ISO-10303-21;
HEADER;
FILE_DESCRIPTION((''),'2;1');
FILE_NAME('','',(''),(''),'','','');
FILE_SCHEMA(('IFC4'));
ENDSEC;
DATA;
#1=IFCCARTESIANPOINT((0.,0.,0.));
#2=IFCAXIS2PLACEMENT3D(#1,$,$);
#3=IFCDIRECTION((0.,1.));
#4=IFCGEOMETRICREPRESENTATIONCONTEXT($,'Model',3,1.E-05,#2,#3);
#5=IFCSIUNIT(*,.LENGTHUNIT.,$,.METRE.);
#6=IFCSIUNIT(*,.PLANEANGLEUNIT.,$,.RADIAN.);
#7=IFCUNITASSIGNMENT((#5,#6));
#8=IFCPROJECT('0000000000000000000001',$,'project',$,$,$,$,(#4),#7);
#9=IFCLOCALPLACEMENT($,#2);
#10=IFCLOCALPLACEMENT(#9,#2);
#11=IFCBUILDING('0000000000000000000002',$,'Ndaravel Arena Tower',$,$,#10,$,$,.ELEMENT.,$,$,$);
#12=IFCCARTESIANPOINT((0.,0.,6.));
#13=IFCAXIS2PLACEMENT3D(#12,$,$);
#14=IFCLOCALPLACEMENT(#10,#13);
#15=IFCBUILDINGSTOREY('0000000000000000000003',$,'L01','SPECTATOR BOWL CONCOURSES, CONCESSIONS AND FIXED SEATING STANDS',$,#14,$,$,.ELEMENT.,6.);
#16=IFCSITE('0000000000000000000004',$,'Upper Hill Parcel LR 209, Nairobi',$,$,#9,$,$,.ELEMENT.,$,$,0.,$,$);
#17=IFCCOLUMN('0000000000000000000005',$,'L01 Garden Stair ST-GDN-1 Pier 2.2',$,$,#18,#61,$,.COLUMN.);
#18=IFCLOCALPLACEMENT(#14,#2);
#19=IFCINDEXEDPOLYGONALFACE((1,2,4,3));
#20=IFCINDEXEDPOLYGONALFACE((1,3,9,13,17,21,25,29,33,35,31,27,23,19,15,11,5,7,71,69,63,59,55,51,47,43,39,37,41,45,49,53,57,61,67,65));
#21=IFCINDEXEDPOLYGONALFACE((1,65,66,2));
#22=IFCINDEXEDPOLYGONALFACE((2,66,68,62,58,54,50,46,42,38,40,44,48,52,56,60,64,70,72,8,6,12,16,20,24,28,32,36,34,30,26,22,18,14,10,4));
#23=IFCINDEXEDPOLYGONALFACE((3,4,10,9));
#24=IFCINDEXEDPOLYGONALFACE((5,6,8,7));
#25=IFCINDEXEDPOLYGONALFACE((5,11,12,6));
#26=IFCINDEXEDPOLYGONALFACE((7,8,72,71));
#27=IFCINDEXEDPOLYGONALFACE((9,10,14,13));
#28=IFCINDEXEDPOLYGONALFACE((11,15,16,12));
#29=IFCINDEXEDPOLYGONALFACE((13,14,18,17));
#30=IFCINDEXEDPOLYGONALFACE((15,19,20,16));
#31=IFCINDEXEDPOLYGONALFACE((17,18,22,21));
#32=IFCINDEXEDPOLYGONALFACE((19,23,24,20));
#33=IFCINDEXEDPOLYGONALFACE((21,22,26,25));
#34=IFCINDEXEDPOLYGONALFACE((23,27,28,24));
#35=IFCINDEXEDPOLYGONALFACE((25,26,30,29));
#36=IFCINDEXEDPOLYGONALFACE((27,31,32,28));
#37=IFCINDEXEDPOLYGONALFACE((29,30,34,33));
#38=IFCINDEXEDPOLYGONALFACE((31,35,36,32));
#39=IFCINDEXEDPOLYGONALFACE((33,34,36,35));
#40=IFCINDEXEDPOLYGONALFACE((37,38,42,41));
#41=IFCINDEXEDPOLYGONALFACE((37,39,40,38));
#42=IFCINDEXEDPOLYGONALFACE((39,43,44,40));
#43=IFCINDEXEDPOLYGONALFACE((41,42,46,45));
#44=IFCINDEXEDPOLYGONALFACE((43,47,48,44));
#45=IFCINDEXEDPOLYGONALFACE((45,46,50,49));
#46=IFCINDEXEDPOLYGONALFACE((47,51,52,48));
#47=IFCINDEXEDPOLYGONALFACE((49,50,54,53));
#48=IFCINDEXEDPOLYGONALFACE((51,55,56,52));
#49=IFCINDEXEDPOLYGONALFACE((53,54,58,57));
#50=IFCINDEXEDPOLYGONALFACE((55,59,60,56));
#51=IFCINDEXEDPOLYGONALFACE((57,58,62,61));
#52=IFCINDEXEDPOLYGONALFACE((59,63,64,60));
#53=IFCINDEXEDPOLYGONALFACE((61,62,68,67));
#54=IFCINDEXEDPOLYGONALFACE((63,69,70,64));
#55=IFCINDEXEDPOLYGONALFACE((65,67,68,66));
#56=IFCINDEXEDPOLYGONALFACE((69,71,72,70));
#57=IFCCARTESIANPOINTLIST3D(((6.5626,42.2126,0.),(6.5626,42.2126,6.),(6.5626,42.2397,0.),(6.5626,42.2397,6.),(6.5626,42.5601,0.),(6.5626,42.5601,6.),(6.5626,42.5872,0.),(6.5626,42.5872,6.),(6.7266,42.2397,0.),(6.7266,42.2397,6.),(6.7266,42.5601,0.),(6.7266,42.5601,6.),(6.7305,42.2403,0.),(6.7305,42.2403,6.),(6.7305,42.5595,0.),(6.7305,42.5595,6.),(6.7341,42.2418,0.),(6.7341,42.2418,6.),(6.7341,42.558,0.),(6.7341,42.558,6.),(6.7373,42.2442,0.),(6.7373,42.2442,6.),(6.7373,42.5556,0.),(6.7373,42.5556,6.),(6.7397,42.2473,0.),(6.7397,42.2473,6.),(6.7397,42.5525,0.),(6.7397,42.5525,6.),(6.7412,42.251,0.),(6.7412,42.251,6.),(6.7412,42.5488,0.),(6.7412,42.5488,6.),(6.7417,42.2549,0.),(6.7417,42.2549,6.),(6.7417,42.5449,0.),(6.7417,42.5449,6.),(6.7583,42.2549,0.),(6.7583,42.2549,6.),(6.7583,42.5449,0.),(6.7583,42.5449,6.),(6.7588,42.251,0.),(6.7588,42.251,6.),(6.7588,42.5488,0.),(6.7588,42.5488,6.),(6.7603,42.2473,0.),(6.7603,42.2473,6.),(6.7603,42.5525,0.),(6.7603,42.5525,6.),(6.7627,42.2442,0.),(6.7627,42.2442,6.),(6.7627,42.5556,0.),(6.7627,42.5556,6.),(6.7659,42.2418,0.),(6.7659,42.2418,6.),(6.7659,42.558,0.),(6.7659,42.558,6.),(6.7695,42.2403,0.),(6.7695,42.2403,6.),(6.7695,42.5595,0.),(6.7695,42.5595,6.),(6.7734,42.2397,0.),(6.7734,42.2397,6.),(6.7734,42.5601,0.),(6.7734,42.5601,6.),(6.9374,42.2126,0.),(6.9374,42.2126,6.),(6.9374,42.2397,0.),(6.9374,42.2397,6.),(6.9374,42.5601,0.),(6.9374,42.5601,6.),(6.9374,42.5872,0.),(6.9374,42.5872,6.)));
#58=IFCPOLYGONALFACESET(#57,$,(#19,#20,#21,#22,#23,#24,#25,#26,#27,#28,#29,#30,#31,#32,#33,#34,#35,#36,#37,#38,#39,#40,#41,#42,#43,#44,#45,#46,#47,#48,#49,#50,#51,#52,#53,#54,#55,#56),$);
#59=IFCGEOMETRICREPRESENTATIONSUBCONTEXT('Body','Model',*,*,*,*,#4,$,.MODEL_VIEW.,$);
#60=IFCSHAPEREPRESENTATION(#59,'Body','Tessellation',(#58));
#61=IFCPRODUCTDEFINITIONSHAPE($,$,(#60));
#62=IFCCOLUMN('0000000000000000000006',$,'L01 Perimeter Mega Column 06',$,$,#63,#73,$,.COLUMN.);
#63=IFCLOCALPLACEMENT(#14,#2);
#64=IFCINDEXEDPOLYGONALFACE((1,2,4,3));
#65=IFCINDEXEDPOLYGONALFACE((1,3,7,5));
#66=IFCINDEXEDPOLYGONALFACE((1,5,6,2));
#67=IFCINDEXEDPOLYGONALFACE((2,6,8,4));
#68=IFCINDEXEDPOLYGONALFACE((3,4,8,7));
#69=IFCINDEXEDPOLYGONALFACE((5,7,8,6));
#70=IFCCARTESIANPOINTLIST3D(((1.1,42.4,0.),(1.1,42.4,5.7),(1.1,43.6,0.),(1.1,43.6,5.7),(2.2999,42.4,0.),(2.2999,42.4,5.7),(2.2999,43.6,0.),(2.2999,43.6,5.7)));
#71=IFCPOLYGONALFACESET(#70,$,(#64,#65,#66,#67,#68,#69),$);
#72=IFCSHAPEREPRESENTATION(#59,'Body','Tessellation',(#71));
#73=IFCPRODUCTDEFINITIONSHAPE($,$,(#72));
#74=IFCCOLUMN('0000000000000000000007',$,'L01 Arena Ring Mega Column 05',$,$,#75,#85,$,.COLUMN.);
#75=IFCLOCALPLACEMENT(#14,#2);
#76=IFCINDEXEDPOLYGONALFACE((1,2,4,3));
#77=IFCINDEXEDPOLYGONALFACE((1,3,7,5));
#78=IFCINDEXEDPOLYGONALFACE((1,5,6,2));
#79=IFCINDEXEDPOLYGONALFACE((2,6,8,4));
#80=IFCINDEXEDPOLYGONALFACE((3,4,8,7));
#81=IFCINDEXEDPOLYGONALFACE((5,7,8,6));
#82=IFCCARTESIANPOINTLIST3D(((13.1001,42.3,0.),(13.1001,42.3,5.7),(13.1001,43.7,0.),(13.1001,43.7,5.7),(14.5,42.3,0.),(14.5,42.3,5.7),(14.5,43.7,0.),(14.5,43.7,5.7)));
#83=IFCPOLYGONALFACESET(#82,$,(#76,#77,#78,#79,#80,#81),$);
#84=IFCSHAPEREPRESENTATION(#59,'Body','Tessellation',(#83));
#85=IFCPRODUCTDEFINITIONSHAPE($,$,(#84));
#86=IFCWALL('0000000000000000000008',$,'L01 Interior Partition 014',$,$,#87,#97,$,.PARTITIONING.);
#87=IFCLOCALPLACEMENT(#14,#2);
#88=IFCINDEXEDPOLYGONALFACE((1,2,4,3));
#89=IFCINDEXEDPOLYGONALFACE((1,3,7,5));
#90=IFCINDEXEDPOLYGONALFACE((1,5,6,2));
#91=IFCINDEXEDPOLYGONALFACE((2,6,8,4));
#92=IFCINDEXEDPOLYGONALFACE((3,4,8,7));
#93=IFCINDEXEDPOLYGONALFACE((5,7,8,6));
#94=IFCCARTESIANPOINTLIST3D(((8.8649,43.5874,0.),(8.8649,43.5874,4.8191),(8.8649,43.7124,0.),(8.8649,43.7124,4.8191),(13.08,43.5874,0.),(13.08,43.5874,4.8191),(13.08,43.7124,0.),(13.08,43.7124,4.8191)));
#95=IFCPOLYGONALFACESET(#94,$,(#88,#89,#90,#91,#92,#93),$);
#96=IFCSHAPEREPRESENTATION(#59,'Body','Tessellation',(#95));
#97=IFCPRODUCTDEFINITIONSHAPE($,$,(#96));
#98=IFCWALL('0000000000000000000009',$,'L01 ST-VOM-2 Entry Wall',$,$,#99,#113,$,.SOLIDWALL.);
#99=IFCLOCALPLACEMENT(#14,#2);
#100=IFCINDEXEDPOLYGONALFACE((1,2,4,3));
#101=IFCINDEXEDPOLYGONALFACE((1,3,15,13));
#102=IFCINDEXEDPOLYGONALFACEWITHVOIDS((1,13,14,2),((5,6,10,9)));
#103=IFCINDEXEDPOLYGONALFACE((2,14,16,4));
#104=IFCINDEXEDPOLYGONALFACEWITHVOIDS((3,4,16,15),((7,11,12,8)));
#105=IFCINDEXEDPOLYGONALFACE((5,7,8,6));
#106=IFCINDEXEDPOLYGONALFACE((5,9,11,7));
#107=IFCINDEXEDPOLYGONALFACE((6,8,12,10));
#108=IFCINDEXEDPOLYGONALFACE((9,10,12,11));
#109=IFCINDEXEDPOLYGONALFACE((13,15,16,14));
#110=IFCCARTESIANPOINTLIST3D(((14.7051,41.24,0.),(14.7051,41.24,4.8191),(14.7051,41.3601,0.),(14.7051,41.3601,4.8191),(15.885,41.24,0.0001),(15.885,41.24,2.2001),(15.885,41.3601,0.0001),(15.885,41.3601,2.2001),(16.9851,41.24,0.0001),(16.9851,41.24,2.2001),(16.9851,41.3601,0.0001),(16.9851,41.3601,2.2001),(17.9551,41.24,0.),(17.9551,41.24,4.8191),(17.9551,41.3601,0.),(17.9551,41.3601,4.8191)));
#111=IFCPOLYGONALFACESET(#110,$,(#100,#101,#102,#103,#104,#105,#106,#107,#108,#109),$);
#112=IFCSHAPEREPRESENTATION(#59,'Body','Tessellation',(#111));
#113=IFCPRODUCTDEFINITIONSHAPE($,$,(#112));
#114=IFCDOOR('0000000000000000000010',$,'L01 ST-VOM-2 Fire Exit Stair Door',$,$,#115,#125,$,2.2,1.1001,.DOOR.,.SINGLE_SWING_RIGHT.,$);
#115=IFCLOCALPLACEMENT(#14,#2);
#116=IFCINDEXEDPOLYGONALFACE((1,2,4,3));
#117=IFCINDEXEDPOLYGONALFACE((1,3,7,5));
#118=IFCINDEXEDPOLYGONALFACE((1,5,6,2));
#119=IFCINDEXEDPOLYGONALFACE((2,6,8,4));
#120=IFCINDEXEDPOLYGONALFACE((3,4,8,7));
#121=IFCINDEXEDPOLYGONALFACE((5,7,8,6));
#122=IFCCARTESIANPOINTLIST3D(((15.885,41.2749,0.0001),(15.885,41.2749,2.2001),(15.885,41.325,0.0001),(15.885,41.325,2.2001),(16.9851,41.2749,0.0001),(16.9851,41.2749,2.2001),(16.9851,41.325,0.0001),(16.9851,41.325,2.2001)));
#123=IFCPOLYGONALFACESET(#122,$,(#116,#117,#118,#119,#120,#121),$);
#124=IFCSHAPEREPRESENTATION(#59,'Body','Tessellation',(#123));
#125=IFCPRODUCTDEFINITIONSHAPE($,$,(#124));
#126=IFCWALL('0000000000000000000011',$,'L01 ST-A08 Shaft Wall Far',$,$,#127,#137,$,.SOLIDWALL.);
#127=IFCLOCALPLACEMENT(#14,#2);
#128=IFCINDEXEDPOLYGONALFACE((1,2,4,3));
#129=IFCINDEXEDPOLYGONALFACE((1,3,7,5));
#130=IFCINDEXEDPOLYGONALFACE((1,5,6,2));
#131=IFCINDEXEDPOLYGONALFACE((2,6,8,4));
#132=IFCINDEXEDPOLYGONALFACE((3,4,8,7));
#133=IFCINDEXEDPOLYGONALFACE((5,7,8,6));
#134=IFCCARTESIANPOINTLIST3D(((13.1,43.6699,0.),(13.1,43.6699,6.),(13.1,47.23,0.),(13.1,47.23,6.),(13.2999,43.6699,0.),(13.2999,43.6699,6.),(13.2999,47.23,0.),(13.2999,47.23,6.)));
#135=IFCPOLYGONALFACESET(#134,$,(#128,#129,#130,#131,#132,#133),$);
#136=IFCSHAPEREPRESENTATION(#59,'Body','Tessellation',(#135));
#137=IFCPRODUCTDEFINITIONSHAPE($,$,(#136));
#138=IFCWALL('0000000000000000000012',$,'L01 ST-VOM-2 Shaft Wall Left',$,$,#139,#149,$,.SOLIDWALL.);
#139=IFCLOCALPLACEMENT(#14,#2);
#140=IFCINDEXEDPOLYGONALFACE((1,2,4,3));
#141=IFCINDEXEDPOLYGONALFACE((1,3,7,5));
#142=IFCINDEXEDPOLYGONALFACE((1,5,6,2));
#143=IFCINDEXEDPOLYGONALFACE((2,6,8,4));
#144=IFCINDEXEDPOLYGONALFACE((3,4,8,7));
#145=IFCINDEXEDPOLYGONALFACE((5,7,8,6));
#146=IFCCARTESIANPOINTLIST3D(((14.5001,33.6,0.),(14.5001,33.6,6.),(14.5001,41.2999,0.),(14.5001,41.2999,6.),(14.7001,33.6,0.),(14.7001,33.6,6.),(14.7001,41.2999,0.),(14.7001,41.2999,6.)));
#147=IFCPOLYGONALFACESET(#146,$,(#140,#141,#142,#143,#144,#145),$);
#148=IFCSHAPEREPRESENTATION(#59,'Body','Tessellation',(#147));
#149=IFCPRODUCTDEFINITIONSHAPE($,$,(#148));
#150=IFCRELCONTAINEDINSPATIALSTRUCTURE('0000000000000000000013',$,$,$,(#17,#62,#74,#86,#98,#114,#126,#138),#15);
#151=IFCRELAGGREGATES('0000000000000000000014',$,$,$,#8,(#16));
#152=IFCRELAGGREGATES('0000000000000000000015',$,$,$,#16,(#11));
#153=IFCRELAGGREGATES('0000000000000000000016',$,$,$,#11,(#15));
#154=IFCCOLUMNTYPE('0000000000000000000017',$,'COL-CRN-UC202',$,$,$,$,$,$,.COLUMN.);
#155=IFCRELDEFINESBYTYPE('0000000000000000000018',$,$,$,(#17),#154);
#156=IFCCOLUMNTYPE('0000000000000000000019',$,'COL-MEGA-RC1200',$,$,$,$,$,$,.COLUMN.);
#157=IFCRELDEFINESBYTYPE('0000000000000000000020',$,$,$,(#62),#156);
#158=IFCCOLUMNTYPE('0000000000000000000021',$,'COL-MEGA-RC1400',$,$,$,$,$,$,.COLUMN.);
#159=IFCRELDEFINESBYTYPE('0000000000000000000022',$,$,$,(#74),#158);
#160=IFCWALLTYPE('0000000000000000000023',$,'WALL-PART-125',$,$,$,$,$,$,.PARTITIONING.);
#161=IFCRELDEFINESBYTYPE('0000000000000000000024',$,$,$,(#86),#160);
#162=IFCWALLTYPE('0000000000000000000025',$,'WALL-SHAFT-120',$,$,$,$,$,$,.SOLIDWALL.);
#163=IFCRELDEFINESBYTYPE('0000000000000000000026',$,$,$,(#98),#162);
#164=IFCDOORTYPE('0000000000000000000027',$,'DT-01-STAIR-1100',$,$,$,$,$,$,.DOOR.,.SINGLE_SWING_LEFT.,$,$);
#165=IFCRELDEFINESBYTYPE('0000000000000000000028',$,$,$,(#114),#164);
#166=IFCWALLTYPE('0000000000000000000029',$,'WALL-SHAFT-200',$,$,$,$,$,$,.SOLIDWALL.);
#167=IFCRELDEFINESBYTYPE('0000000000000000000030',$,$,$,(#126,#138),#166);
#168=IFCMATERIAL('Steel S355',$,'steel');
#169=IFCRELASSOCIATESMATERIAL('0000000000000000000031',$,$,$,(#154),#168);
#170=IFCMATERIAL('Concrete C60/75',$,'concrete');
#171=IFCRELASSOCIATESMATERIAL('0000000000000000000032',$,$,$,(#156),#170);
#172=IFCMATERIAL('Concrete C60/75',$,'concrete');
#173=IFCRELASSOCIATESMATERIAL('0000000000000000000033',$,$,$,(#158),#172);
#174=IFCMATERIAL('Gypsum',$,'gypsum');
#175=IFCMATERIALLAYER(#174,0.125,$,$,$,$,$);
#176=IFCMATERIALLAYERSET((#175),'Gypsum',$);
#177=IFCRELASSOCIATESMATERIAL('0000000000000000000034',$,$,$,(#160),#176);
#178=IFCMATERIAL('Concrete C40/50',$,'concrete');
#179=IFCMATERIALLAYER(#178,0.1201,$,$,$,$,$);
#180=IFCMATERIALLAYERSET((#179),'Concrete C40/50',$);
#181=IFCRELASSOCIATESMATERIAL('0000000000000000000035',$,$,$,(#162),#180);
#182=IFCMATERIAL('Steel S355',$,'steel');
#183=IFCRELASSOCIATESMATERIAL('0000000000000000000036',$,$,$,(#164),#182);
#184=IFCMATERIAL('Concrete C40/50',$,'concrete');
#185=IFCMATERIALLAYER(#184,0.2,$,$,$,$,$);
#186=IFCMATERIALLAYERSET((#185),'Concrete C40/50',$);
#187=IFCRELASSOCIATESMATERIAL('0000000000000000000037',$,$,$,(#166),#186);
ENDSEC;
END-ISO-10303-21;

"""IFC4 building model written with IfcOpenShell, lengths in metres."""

from ifc_helpers import new_model, si_unit, direction, frame, frame_2d, origin, origin_2d, place, context, subcontext, project, spatial, rectangle, i_section, extrude, material, layer, layer_set, material_profile, profile_set, type_object, element, fill, save


model = new_model("IFC4")

# Units and contexts
model_context = context("Model", 3, precision=1e-05, world=origin(), true_north=direction((0.0, 1.0)))
body_context = subcontext(model_context, "Body", "Model", "MODEL_VIEW")
ifc_project = project(units=[si_unit("LENGTHUNIT", "METRE"), si_unit("PLANEANGLEUNIT", "RADIAN")], contexts=[model_context])

# Site, building, storey
site_placement = place(None, origin())
site = spatial("IfcSite", under=ifc_project, at=site_placement, Name="Upper Hill Parcel LR 209, Nairobi", CompositionType="ELEMENT", RefElevation=0.0)
building_placement = place(site_placement, origin())
building = spatial("IfcBuilding", under=site, at=building_placement, Name="Ndaravel Arena Tower", CompositionType="ELEMENT")
storey_placement = place(building_placement, frame((0.0, 0.0, 6.0)))
storey = spatial("IfcBuildingStorey", under=building, at=storey_placement, Name="L01", Description="SPECTATOR BOWL CONCOURSES, CONCESSIONS AND FIXED SEATING STANDS", CompositionType="ELEMENT", Elevation=6.0)

# Columns
ifc_material_1 = material(Name="Steel S355", Category="steel")
ifc_material_profile_1 = material_profile(ifc_material_1, i_section(OverallWidth=0.3748, OverallDepth=0.3745, WebThickness=0.0166, FlangeThickness=0.0271, FilletRadius=0.0151, at=origin_2d()), Name="UC 356x368x202")
ifc_profile_set_1 = profile_set([ifc_material_profile_1], Name="Steel S355")
column_type_1 = type_object("IfcColumnType", Name="COL-CRN-UC202", PredefinedType="COLUMN", material=ifc_profile_set_1)
column_1_placement = place(storey_placement, frame((6.75, 42.3999, 0.0), z_axis=(0.0, 0.0, 1.0), x_axis=(1.0, 0.0, 0.0)))
element("IfcColumn", 1, at=column_1_placement, inside=storey, type_object=column_type_1, Name="L01 Garden Stair ST-GDN-1 Pier 2.2", PredefinedType="COLUMN", context=body_context, shape_type="SweptSolid", body=[
    extrude(i_section(OverallWidth=0.3748, OverallDepth=0.3745, WebThickness=0.0166, FlangeThickness=0.0271, FilletRadius=0.0151, at=origin_2d()), origin(), (0.0, 0.0, 1.0), 6.0),
])
ifc_material_2 = material(Name="Concrete C60/75", Category="concrete")
ifc_material_profile_2 = material_profile(ifc_material_2, rectangle(XDim=1.2, YDim=1.2, at=origin_2d()), Name="RC 1200x1200")
ifc_profile_set_2 = profile_set([ifc_material_profile_2], Name="Concrete C60/75")
column_type_2 = type_object("IfcColumnType", Name="COL-MEGA-RC1200", PredefinedType="COLUMN", material=ifc_profile_set_2)
column_2_placement = place(storey_placement, frame((1.7, 43.0, 0.0), z_axis=(0.0, 0.0, 1.0), x_axis=(1.0, 0.0, 0.0)))
element("IfcColumn", 2, at=column_2_placement, inside=storey, type_object=column_type_2, Name="L01 Perimeter Mega Column 06", PredefinedType="COLUMN", context=body_context, shape_type="SweptSolid", body=[
    extrude(rectangle(XDim=1.2, YDim=1.2, at=origin_2d()), origin(), (0.0, 0.0, 1.0), 5.7),
])
ifc_material_3 = material(Name="Concrete C60/75", Category="concrete")
ifc_material_profile_3 = material_profile(ifc_material_3, rectangle(XDim=1.3999, YDim=1.3999, at=origin_2d()), Name="RC 1400x1400")
ifc_profile_set_3 = profile_set([ifc_material_profile_3], Name="Concrete C60/75")
column_type_3 = type_object("IfcColumnType", Name="COL-MEGA-RC1400", PredefinedType="COLUMN", material=ifc_profile_set_3)
column_3_placement = place(storey_placement, frame((13.8, 43.0, 0.0), z_axis=(0.0, 0.0, 1.0), x_axis=(1.0, 0.0, 0.0)))
element("IfcColumn", 3, at=column_3_placement, inside=storey, type_object=column_type_3, Name="L01 Arena Ring Mega Column 05", PredefinedType="COLUMN", context=body_context, shape_type="SweptSolid", body=[
    extrude(rectangle(XDim=1.3999, YDim=1.3999, at=origin_2d()), origin(), (0.0, 0.0, 1.0), 5.7),
])

# Wall
ifc_material_4 = material(Name="Gypsum", Category="gypsum")
ifc_layer_1 = layer(ifc_material_4, 0.125)
ifc_layer_set_1 = layer_set([ifc_layer_1], Name="Gypsum")
wall_type_1 = type_object("IfcWallType", Name="WALL-PART-125", PredefinedType="PARTITIONING", material=ifc_layer_set_1)
wall_1_placement = place(storey_placement, frame((8.865, 43.6499, 0.0), z_axis=(0.0, 0.0, 1.0), x_axis=(1.0, 0.0, 0.0)))
element("IfcWall", 4, at=wall_1_placement, inside=storey, type_object=wall_type_1, Name="L01 Interior Partition 014", PredefinedType="PARTITIONING", context=body_context, shape_type="SweptSolid", body=[
    extrude(rectangle(XDim=4.2151, YDim=0.125, at=frame_2d((2.1074, 0.0))), origin(), (0.0, 0.0, 1.0), 4.8191),
])

# Wall, opening, door
ifc_material_5 = material(Name="Concrete C40/50", Category="concrete")
ifc_layer_2 = layer(ifc_material_5, 0.1201)
ifc_layer_set_2 = layer_set([ifc_layer_2], Name="Concrete C40/50")
wall_type_2 = type_object("IfcWallType", Name="WALL-SHAFT-120", PredefinedType="SOLIDWALL", material=ifc_layer_set_2)
wall_2_placement = place(storey_placement, frame((14.7051, 41.3, 0.0), z_axis=(0.0, 0.0, 1.0), x_axis=(1.0, 0.0, 0.0)))
wall_2 = element("IfcWall", 5, at=wall_2_placement, inside=storey, type_object=wall_type_2, Name="L01 ST-VOM-2 Entry Wall", PredefinedType="SOLIDWALL", context=body_context, shape_type="SweptSolid", body=[
    extrude(rectangle(XDim=3.25, YDim=0.1201, at=frame_2d((1.625, 0.0))), origin(), (0.0, 0.0, 1.0), 4.8191),
])
opening_1_placement = place(wall_2_placement, frame((1.1799, 0.0, 0.0)))
opening_1 = element("IfcOpeningElement", 6, at=opening_1_placement, cuts=wall_2, PredefinedType="OPENING", context=body_context, shape_type="SweptSolid", body=[
    extrude(rectangle(XDim=1.1001, YDim=2.2, at=frame_2d((0.55, 1.1001))), frame((0.0, 0.0601, 0.0), z_axis=(0.0, -1.0, 0.0), x_axis=(1.0, 0.0, 0.0)), (0.0, 0.0, 1.0), 0.1201),
])
ifc_material_6 = material(Name="Steel S355", Category="steel")
door_type = type_object("IfcDoorType", Name="DT-01-STAIR-1100", OperationType="SINGLE_SWING_LEFT", PredefinedType="DOOR", material=ifc_material_6)
door_placement = place(opening_1_placement, origin())
door = element("IfcDoor", 7, at=door_placement, inside=storey, type_object=door_type, Name="L01 ST-VOM-2 Fire Exit Stair Door", OperationType="SINGLE_SWING_RIGHT", OverallHeight=2.2, OverallWidth=1.1001, PredefinedType="DOOR", context=body_context, shape_type="SweptSolid", body=[
    extrude(rectangle(XDim=1.1001, YDim=2.2, at=frame_2d((0.55, 1.1001))), frame((0.0, 0.0249, 0.0), z_axis=(0.0, -1.0, 0.0), x_axis=(1.0, 0.0, 0.0)), (0.0, 0.0, 1.0), 0.05),
])
fill(opening_1, door)

# Walls
ifc_material_7 = material(Name="Concrete C40/50", Category="concrete")
ifc_layer_3 = layer(ifc_material_7, 0.2)
ifc_layer_set_3 = layer_set([ifc_layer_3], Name="Concrete C40/50")
wall_type_3 = type_object("IfcWallType", Name="WALL-SHAFT-200", PredefinedType="SOLIDWALL", material=ifc_layer_set_3)
wall_3_placement = place(storey_placement, frame((13.2, 47.23, 0.0), z_axis=(0.0, 0.0, 1.0), x_axis=(0.0, -1.0, 0.0)))
element("IfcWall", 8, at=wall_3_placement, inside=storey, type_object=wall_type_3, Name="L01 ST-A08 Shaft Wall Far", PredefinedType="SOLIDWALL", context=body_context, shape_type="SweptSolid", body=[
    extrude(rectangle(XDim=3.5601, YDim=0.2, at=frame_2d((1.78, 0.0))), origin(), (0.0, 0.0, 1.0), 6.0),
])
wall_4_placement = place(storey_placement, frame((14.6001, 41.3, 0.0), z_axis=(0.0, 0.0, 1.0), x_axis=(0.0, -1.0, 0.0)))
element("IfcWall", 9, at=wall_4_placement, inside=storey, type_object=wall_type_3, Name="L01 ST-VOM-2 Shaft Wall Left", PredefinedType="SOLIDWALL", context=body_context, shape_type="SweptSolid", body=[
    extrude(rectangle(XDim=7.7, YDim=0.2, at=frame_2d((3.8501, 0.0))), origin(), (0.0, 0.0, 1.0), 6.0),
])

save(model, "model.ifc")
